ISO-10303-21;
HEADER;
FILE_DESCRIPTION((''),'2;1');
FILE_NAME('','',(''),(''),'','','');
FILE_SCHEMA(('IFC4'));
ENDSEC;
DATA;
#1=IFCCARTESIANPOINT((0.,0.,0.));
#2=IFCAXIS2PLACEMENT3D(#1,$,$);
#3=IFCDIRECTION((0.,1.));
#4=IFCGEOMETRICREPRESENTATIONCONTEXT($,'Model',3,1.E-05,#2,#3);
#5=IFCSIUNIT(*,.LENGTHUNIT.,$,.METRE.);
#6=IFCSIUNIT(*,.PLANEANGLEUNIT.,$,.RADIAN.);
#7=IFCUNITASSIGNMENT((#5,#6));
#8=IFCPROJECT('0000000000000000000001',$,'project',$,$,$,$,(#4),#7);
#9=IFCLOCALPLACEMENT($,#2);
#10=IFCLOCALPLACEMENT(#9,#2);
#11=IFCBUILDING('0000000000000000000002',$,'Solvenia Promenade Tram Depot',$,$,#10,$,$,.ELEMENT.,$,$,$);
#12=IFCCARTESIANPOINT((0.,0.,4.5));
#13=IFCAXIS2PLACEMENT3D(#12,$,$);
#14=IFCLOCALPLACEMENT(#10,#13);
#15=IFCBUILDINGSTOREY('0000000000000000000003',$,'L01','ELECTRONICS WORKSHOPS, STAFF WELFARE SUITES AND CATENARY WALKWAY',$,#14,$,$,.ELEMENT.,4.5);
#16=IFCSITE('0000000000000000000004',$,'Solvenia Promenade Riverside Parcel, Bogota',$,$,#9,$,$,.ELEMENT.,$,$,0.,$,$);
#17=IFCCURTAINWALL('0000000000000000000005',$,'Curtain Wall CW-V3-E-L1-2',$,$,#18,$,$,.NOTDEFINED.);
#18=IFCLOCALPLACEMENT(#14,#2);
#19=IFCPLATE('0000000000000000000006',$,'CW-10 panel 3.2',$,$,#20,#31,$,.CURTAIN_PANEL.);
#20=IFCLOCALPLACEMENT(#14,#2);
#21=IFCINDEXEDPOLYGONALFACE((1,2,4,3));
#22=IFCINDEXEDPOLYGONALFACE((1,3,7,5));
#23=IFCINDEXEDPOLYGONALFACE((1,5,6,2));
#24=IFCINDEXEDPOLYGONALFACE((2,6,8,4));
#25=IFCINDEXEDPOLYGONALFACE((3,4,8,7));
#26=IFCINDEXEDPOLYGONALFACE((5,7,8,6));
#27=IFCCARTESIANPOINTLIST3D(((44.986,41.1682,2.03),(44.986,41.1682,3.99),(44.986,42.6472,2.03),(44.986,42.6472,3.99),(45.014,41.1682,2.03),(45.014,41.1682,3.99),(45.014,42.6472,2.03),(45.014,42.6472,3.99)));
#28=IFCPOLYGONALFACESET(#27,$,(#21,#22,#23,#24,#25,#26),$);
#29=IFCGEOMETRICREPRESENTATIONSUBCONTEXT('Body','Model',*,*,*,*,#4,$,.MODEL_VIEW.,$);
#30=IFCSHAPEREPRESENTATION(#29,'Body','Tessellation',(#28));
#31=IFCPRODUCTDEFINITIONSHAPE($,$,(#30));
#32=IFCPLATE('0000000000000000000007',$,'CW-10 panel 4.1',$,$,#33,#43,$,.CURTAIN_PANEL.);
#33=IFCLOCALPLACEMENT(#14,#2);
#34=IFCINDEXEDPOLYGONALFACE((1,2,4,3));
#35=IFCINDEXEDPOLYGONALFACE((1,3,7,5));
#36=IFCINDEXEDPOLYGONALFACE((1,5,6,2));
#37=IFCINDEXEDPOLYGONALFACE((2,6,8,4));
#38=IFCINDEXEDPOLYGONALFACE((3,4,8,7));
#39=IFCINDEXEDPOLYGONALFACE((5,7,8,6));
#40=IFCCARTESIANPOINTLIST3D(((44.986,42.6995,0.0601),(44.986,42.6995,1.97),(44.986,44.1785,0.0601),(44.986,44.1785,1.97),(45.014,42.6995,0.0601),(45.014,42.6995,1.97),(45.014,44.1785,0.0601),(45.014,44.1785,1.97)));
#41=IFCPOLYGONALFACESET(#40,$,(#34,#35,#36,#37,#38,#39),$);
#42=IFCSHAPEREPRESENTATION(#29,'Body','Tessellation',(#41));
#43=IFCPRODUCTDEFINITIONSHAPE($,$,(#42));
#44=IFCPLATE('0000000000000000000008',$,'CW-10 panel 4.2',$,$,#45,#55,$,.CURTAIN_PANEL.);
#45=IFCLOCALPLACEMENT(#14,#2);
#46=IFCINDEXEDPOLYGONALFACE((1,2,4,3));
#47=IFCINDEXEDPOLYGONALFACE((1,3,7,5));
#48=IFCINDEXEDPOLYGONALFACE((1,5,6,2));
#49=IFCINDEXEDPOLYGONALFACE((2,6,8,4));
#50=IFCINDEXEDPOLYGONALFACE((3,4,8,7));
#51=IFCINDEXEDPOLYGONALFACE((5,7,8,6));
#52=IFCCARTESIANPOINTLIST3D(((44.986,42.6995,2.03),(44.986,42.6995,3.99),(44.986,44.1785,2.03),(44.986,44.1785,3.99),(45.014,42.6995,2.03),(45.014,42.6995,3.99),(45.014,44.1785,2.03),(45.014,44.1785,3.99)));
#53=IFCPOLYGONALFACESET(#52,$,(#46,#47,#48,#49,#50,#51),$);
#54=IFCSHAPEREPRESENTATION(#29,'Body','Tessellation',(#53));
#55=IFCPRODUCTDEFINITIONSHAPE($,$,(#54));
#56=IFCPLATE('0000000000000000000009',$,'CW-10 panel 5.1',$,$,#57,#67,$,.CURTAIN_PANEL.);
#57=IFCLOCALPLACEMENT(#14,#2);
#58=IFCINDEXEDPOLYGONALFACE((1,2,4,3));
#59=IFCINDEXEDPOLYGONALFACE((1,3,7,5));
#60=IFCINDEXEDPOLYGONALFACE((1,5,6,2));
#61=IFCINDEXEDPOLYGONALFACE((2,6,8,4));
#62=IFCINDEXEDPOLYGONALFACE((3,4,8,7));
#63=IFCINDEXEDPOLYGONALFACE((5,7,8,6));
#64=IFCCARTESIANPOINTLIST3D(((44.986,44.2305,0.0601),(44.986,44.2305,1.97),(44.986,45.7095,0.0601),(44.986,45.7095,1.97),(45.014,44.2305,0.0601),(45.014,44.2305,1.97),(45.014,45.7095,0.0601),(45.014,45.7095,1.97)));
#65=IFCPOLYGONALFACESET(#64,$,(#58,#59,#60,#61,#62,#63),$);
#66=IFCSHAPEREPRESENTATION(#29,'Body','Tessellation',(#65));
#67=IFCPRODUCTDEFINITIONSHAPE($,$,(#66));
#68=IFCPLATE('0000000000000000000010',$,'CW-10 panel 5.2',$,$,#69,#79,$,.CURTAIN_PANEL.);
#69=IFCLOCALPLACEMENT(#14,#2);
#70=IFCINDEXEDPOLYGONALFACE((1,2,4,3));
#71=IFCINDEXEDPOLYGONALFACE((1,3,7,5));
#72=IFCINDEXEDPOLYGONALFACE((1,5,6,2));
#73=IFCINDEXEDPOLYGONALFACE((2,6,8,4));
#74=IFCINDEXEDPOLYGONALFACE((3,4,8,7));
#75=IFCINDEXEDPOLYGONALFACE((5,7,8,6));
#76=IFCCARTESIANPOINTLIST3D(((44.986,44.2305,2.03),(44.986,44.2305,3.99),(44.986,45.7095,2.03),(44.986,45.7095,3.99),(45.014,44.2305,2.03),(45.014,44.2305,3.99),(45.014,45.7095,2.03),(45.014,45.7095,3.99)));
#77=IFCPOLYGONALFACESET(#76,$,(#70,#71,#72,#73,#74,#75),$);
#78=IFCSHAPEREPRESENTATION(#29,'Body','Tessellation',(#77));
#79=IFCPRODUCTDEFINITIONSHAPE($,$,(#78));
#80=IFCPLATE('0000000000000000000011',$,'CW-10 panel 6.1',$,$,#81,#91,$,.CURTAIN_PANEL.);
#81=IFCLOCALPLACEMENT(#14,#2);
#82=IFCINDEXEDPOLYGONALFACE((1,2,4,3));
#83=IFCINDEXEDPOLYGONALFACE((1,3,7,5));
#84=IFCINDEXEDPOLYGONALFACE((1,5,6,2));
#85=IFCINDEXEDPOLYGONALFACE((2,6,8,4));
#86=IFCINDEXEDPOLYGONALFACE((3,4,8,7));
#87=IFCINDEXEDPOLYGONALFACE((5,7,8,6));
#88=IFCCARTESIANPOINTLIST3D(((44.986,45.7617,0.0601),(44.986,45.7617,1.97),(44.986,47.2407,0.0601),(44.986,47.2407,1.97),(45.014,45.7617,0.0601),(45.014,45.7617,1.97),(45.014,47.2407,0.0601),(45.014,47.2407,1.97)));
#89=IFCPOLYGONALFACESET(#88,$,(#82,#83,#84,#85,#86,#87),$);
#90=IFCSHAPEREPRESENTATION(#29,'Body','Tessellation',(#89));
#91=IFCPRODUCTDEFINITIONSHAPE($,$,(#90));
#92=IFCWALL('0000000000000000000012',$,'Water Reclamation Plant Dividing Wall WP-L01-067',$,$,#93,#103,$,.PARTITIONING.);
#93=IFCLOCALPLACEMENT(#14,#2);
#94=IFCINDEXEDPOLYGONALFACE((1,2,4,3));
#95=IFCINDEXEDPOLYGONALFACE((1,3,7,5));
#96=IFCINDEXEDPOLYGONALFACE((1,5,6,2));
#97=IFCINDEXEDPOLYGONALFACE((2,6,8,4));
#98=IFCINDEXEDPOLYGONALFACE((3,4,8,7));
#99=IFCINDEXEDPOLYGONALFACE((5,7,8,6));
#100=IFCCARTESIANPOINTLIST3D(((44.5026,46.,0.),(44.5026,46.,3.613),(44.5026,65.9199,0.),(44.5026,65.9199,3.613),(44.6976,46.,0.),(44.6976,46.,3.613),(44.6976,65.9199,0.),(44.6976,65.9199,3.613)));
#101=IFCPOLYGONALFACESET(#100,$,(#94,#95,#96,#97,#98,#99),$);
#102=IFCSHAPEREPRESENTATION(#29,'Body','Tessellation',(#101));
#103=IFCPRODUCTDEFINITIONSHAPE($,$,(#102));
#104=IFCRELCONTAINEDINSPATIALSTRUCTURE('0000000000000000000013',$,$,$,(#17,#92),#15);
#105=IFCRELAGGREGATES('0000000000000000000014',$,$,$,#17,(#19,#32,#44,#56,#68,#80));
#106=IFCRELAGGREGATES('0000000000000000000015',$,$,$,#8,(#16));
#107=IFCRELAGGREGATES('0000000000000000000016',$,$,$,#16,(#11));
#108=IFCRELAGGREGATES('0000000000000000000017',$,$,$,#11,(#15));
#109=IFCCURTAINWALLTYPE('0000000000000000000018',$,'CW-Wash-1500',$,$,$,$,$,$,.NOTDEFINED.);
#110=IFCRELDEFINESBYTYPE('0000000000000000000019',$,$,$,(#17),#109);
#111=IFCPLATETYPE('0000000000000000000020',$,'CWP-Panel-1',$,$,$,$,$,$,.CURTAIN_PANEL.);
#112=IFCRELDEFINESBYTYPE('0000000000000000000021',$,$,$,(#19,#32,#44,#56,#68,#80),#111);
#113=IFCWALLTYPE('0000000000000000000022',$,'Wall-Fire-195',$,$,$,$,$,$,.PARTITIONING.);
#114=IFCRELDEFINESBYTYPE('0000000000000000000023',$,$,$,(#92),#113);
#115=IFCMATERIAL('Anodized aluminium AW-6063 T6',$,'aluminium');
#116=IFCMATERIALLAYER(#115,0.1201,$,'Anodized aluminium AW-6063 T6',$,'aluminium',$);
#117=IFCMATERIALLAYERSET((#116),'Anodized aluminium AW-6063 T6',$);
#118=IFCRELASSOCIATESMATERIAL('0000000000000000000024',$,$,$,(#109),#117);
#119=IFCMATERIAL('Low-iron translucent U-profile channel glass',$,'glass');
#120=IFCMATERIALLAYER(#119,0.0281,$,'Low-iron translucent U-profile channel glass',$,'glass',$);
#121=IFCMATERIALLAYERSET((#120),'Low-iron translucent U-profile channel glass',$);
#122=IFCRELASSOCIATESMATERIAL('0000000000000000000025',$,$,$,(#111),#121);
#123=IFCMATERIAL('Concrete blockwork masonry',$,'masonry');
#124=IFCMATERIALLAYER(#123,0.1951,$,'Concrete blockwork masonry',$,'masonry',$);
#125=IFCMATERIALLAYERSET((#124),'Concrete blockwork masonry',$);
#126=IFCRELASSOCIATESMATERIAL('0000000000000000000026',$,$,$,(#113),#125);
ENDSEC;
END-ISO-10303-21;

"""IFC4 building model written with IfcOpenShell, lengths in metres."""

from ifc_helpers import new_model, si_unit, direction, frame, frame_2d, origin, origin_2d, place, context, subcontext, project, spatial, rectangle, extrude, material, layer, layer_set, type_object, element, aggregate, save


model = new_model("IFC4")

# Units and contexts
model_context = context("Model", 3, precision=1e-05, world=origin(), true_north=direction((0.0, 1.0)))
body_context = subcontext(model_context, "Body", "Model", "MODEL_VIEW")
ifc_project = project(units=[si_unit("LENGTHUNIT", "METRE"), si_unit("PLANEANGLEUNIT", "RADIAN")], contexts=[model_context])

# Site, building, storey
site_placement = place(None, origin())
site = spatial("IfcSite", under=ifc_project, at=site_placement, Name="Solvenia Promenade Riverside Parcel, Bogota", CompositionType="ELEMENT", RefElevation=0.0)
building_placement = place(site_placement, origin())
building = spatial("IfcBuilding", under=site, at=building_placement, Name="Solvenia Promenade Tram Depot", CompositionType="ELEMENT")
storey_placement = place(building_placement, frame((0.0, 0.0, 4.5)))
storey = spatial("IfcBuildingStorey", under=building, at=storey_placement, Name="L01", Description="ELECTRONICS WORKSHOPS, STAFF WELFARE SUITES AND CATENARY WALKWAY", CompositionType="ELEMENT", Elevation=4.5)

# Curtain wall
ifc_material_1 = material(Name="Anodized aluminium AW-6063 T6", Category="aluminium")
ifc_layer_1 = layer(ifc_material_1, 0.1201, Name="Anodized aluminium AW-6063 T6", Category="aluminium")
ifc_layer_set_1 = layer_set([ifc_layer_1], Name="Anodized aluminium AW-6063 T6")
curtain_wall_type = type_object("IfcCurtainWallType", Name="CW-Wash-1500", PredefinedType="NOTDEFINED", material=ifc_layer_set_1)
curtain_wall_placement = place(storey_placement, origin())
curtain_wall = element("IfcCurtainWall", 1, at=curtain_wall_placement, inside=storey, type_object=curtain_wall_type, Name="Curtain Wall CW-V3-E-L1-2", PredefinedType="NOTDEFINED")

# Plates
ifc_material_2 = material(Name="Low-iron translucent U-profile channel glass", Category="glass")
ifc_layer_2 = layer(ifc_material_2, 0.0281, Name="Low-iron translucent U-profile channel glass", Category="glass")
ifc_layer_set_2 = layer_set([ifc_layer_2], Name="Low-iron translucent U-profile channel glass")
plate_type = type_object("IfcPlateType", Name="CWP-Panel-1", PredefinedType="CURTAIN_PANEL", material=ifc_layer_set_2)
plate_1_placement = place(storey_placement, frame((45.0, 41.9077, 2.03), z_axis=(0.0, 0.0, 1.0), x_axis=(0.0, 1.0, 0.0)))
plate_1 = element("IfcPlate", 2, at=plate_1_placement, type_object=plate_type, Name="CW-10 panel 3.2", PredefinedType="CURTAIN_PANEL", context=body_context, shape_type="SweptSolid", body=[
    extrude(rectangle(XDim=1.479, YDim=0.0281, at=origin_2d()), origin(), (0.0, 0.0, 1.0), 1.96),
])
plate_2_placement = place(storey_placement, frame((45.0, 43.439, 0.0601), z_axis=(0.0, 0.0, 1.0), x_axis=(0.0, 1.0, 0.0)))
plate_2 = element("IfcPlate", 3, at=plate_2_placement, type_object=plate_type, Name="CW-10 panel 4.1", PredefinedType="CURTAIN_PANEL", context=body_context, shape_type="SweptSolid", body=[
    extrude(rectangle(XDim=1.479, YDim=0.0281, at=origin_2d()), origin(), (0.0, 0.0, 1.0), 1.9099),
])
plate_3_placement = place(storey_placement, frame((45.0, 43.439, 2.03), z_axis=(0.0, 0.0, 1.0), x_axis=(0.0, 1.0, 0.0)))
plate_3 = element("IfcPlate", 4, at=plate_3_placement, type_object=plate_type, Name="CW-10 panel 4.2", PredefinedType="CURTAIN_PANEL", context=body_context, shape_type="SweptSolid", body=[
    extrude(rectangle(XDim=1.479, YDim=0.0281, at=origin_2d()), origin(), (0.0, 0.0, 1.0), 1.96),
])
plate_4_placement = place(storey_placement, frame((45.0, 44.97, 0.0601), z_axis=(0.0, 0.0, 1.0), x_axis=(0.0, 1.0, 0.0)))
plate_4 = element("IfcPlate", 5, at=plate_4_placement, type_object=plate_type, Name="CW-10 panel 5.1", PredefinedType="CURTAIN_PANEL", context=body_context, shape_type="SweptSolid", body=[
    extrude(rectangle(XDim=1.479, YDim=0.0281, at=origin_2d()), origin(), (0.0, 0.0, 1.0), 1.9099),
])
plate_5_placement = place(storey_placement, frame((45.0, 44.97, 2.03), z_axis=(0.0, 0.0, 1.0), x_axis=(0.0, 1.0, 0.0)))
plate_5 = element("IfcPlate", 6, at=plate_5_placement, type_object=plate_type, Name="CW-10 panel 5.2", PredefinedType="CURTAIN_PANEL", context=body_context, shape_type="SweptSolid", body=[
    extrude(rectangle(XDim=1.479, YDim=0.0281, at=origin_2d()), origin(), (0.0, 0.0, 1.0), 1.96),
])
plate_6_placement = place(storey_placement, frame((45.0, 46.5012, 0.0601), z_axis=(0.0, 0.0, 1.0), x_axis=(0.0, 1.0, 0.0)))
plate_6 = element("IfcPlate", 7, at=plate_6_placement, type_object=plate_type, Name="CW-10 panel 6.1", PredefinedType="CURTAIN_PANEL", context=body_context, shape_type="SweptSolid", body=[
    extrude(rectangle(XDim=1.479, YDim=0.0281, at=origin_2d()), origin(), (0.0, 0.0, 1.0), 1.9099),
])
aggregate(curtain_wall, [plate_1, plate_2, plate_3, plate_4, plate_5, plate_6])

# Wall
ifc_material_3 = material(Name="Concrete blockwork masonry", Category="masonry")
ifc_layer_3 = layer(ifc_material_3, 0.1951, Name="Concrete blockwork masonry", Category="masonry")
ifc_layer_set_3 = layer_set([ifc_layer_3], Name="Concrete blockwork masonry")
wall_type = type_object("IfcWallType", Name="Wall-Fire-195", PredefinedType="PARTITIONING", material=ifc_layer_set_3)
wall_placement = place(storey_placement, frame((44.6001, 46.0, 0.0), z_axis=(0.0, 0.0, 1.0), x_axis=(0.0, 1.0, 0.0)))
element("IfcWall", 8, at=wall_placement, inside=storey, type_object=wall_type, Name="Water Reclamation Plant Dividing Wall WP-L01-067", PredefinedType="PARTITIONING", context=body_context, shape_type="SweptSolid", body=[
    extrude(rectangle(XDim=19.9199, YDim=0.1951, at=frame_2d((9.96, 0.0))), origin(), (0.0, 0.0, 1.0), 3.613),
])

save(model, "model.ifc")
